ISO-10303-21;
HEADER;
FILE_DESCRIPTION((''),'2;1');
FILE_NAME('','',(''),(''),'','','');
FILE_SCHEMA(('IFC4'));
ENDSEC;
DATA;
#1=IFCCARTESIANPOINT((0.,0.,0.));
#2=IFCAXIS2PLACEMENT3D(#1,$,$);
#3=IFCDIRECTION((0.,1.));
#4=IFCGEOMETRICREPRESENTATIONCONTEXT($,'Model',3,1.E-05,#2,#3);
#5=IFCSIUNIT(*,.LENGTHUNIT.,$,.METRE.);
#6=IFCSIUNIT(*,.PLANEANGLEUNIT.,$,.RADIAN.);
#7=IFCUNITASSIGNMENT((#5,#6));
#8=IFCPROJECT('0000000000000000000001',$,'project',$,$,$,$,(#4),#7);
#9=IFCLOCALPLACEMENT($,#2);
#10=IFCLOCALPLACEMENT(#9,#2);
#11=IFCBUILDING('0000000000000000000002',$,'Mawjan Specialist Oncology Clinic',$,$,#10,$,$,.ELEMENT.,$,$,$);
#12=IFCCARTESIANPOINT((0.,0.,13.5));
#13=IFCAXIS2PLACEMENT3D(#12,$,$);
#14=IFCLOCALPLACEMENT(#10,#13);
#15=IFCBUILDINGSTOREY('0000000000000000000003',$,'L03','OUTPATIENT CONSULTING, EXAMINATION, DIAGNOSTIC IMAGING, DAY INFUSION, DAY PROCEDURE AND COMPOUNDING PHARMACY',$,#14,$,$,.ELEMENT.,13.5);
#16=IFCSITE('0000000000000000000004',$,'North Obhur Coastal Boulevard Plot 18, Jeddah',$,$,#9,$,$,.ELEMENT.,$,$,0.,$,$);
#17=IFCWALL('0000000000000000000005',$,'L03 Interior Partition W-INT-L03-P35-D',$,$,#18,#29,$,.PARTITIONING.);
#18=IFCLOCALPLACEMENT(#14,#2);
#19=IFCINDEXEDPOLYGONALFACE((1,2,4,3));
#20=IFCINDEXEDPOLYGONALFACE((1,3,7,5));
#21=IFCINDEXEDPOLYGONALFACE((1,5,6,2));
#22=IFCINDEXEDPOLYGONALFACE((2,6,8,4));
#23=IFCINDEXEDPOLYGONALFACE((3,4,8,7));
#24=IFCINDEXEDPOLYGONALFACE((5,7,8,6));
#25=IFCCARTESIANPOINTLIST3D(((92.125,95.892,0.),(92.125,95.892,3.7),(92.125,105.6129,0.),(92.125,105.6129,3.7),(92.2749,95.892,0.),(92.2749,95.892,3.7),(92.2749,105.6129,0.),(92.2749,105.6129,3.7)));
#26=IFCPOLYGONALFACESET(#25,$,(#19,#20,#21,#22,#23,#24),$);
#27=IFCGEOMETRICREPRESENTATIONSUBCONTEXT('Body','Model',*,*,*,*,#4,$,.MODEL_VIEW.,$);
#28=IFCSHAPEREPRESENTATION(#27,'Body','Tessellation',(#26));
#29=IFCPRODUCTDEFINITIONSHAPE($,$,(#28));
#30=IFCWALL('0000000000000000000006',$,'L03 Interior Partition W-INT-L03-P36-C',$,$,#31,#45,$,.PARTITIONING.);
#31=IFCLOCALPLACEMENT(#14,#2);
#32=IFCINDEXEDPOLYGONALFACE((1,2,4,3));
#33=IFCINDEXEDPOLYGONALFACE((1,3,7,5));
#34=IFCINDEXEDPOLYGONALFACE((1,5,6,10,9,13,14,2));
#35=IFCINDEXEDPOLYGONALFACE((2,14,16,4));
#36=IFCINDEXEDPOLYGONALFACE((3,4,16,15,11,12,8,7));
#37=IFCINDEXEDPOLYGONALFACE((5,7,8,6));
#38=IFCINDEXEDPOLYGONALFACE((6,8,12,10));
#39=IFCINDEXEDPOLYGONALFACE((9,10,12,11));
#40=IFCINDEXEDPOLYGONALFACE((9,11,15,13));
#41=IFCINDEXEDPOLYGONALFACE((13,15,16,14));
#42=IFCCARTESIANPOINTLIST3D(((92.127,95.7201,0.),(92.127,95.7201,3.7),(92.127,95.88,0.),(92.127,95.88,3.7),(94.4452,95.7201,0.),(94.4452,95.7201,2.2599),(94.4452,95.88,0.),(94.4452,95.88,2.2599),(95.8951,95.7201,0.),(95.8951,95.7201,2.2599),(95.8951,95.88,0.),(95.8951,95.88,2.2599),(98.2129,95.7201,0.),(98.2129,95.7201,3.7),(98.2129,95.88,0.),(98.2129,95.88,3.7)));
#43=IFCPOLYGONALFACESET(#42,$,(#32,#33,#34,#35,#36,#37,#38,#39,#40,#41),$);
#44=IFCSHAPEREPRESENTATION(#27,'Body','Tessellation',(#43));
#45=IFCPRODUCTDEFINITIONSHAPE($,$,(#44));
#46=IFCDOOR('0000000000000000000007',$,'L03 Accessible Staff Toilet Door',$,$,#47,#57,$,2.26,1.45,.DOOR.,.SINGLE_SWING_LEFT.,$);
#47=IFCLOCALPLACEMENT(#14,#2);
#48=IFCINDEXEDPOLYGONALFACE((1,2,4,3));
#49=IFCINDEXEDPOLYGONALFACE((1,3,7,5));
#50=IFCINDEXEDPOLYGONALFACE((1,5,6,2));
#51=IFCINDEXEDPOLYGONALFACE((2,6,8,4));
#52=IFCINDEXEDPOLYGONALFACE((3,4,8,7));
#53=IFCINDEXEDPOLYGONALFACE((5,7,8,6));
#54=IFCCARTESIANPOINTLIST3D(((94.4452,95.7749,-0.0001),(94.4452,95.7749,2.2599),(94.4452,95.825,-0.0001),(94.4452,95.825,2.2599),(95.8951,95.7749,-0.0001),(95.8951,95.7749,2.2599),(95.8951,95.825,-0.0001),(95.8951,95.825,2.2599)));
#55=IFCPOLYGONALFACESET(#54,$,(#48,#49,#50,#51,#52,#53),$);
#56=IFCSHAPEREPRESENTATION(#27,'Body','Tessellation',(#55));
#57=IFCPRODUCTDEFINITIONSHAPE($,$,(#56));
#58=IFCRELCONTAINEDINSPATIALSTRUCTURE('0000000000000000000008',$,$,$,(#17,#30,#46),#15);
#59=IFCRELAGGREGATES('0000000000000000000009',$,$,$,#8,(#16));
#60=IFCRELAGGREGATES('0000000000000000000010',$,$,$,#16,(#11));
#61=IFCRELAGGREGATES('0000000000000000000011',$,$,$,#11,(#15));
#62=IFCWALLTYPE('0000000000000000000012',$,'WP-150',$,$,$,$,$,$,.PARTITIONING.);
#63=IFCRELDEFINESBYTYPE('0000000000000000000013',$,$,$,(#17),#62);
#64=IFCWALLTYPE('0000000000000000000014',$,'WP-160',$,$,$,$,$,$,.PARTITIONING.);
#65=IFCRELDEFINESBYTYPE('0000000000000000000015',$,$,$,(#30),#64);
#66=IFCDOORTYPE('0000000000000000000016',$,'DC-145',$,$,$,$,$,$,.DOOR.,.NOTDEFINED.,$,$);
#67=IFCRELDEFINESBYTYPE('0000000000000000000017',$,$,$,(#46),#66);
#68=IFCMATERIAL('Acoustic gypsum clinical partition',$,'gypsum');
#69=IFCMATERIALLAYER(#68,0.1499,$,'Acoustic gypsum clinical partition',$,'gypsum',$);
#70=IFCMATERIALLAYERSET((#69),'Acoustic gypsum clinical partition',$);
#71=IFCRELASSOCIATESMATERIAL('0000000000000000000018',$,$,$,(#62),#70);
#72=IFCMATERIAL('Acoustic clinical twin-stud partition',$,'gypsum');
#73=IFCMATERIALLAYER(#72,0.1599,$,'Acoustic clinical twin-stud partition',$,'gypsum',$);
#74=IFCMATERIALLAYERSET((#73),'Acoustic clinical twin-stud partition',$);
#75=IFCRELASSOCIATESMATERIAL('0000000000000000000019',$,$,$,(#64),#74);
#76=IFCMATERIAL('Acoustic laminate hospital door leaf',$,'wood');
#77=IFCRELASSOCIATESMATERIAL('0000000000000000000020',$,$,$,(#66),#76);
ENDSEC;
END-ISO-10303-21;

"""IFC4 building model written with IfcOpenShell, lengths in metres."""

from ifc_helpers import new_model, si_unit, direction, frame, frame_2d, origin, place, context, subcontext, project, spatial, rectangle, extrude, material, layer, layer_set, type_object, element, fill, save


model = new_model("IFC4")

# Units and contexts
model_context = context("Model", 3, precision=1e-05, world=origin(), true_north=direction((0.0, 1.0)))
body_context = subcontext(model_context, "Body", "Model", "MODEL_VIEW")
ifc_project = project(units=[si_unit("LENGTHUNIT", "METRE"), si_unit("PLANEANGLEUNIT", "RADIAN")], contexts=[model_context])

# Site, building, storey
site_placement = place(None, origin())
site = spatial("IfcSite", under=ifc_project, at=site_placement, Name="North Obhur Coastal Boulevard Plot 18, Jeddah", CompositionType="ELEMENT", RefElevation=0.0)
building_placement = place(site_placement, origin())
building = spatial("IfcBuilding", under=site, at=building_placement, Name="Mawjan Specialist Oncology Clinic", CompositionType="ELEMENT")
storey_placement = place(building_placement, frame((0.0, 0.0, 13.5)))
storey = spatial("IfcBuildingStorey", under=building, at=storey_placement, Name="L03", Description="OUTPATIENT CONSULTING, EXAMINATION, DIAGNOSTIC IMAGING, DAY INFUSION, DAY PROCEDURE AND COMPOUNDING PHARMACY", CompositionType="ELEMENT", Elevation=13.5)

# Wall
ifc_material_1 = material(Name="Acoustic gypsum clinical partition", Category="gypsum")
ifc_layer_1 = layer(ifc_material_1, 0.1499, Name="Acoustic gypsum clinical partition", Category="gypsum")
ifc_layer_set_1 = layer_set([ifc_layer_1], Name="Acoustic gypsum clinical partition")
wall_type_1 = type_object("IfcWallType", Name="WP-150", PredefinedType="PARTITIONING", material=ifc_layer_set_1)
wall_1_placement = place(storey_placement, frame((92.2, 95.8921, 0.0), z_axis=(0.0, 0.0, 1.0), x_axis=(0.0, 1.0, 0.0)))
element("IfcWall", 1, at=wall_1_placement, inside=storey, type_object=wall_type_1, Name="L03 Interior Partition W-INT-L03-P35-D", PredefinedType="PARTITIONING", context=body_context, shape_type="SweptSolid", body=[
    extrude(rectangle(XDim=9.7209, YDim=0.1499, at=frame_2d((4.8604, 0.0))), origin(), (0.0, 0.0, 1.0), 3.7),
])

# Wall, opening, door
ifc_material_2 = material(Name="Acoustic clinical twin-stud partition", Category="gypsum")
ifc_layer_2 = layer(ifc_material_2, 0.1599, Name="Acoustic clinical twin-stud partition", Category="gypsum")
ifc_layer_set_2 = layer_set([ifc_layer_2], Name="Acoustic clinical twin-stud partition")
wall_type_2 = type_object("IfcWallType", Name="WP-160", PredefinedType="PARTITIONING", material=ifc_layer_set_2)
wall_2_placement = place(storey_placement, frame((92.127, 95.8, 0.0), z_axis=(0.0, 0.0, 1.0), x_axis=(1.0, 0.0, 0.0)))
wall_2 = element("IfcWall", 2, at=wall_2_placement, inside=storey, type_object=wall_type_2, Name="L03 Interior Partition W-INT-L03-P36-C", PredefinedType="PARTITIONING", context=body_context, shape_type="SweptSolid", body=[
    extrude(rectangle(XDim=6.0859, YDim=0.1599, at=frame_2d((3.043, 0.0))), origin(), (0.0, 0.0, 1.0), 3.7),
])
opening_placement = place(wall_2_placement, frame((2.3181, 0.0, 0.0)))
opening = element("IfcOpeningElement", 3, at=opening_placement, cuts=wall_2, PredefinedType="OPENING", context=body_context, shape_type="SweptSolid", body=[
    extrude(rectangle(XDim=1.45, YDim=2.26, at=frame_2d((0.7251, 1.1299))), frame((0.0, 0.092, 0.0), z_axis=(0.0, -1.0, 0.0), x_axis=(1.0, 0.0, 0.0)), (0.0, 0.0, 1.0), 0.1838),
])
ifc_material_3 = material(Name="Acoustic laminate hospital door leaf", Category="wood")
door_type = type_object("IfcDoorType", Name="DC-145", OperationType="NOTDEFINED", PredefinedType="DOOR", material=ifc_material_3)
door_placement = place(opening_placement, origin())
door = element("IfcDoor", 4, at=door_placement, inside=storey, type_object=door_type, Name="L03 Accessible Staff Toilet Door", OperationType="SINGLE_SWING_LEFT", OverallHeight=2.26, OverallWidth=1.45, PredefinedType="DOOR", context=body_context, shape_type="SweptSolid", body=[
    extrude(rectangle(XDim=1.45, YDim=2.26, at=frame_2d((0.7251, 1.1299))), frame((0.0, 0.0249, 0.0), z_axis=(0.0, -1.0, 0.0), x_axis=(1.0, 0.0, 0.0)), (0.0, 0.0, 1.0), 0.05),
])
fill(opening, door)

save(model, "model.ifc")
